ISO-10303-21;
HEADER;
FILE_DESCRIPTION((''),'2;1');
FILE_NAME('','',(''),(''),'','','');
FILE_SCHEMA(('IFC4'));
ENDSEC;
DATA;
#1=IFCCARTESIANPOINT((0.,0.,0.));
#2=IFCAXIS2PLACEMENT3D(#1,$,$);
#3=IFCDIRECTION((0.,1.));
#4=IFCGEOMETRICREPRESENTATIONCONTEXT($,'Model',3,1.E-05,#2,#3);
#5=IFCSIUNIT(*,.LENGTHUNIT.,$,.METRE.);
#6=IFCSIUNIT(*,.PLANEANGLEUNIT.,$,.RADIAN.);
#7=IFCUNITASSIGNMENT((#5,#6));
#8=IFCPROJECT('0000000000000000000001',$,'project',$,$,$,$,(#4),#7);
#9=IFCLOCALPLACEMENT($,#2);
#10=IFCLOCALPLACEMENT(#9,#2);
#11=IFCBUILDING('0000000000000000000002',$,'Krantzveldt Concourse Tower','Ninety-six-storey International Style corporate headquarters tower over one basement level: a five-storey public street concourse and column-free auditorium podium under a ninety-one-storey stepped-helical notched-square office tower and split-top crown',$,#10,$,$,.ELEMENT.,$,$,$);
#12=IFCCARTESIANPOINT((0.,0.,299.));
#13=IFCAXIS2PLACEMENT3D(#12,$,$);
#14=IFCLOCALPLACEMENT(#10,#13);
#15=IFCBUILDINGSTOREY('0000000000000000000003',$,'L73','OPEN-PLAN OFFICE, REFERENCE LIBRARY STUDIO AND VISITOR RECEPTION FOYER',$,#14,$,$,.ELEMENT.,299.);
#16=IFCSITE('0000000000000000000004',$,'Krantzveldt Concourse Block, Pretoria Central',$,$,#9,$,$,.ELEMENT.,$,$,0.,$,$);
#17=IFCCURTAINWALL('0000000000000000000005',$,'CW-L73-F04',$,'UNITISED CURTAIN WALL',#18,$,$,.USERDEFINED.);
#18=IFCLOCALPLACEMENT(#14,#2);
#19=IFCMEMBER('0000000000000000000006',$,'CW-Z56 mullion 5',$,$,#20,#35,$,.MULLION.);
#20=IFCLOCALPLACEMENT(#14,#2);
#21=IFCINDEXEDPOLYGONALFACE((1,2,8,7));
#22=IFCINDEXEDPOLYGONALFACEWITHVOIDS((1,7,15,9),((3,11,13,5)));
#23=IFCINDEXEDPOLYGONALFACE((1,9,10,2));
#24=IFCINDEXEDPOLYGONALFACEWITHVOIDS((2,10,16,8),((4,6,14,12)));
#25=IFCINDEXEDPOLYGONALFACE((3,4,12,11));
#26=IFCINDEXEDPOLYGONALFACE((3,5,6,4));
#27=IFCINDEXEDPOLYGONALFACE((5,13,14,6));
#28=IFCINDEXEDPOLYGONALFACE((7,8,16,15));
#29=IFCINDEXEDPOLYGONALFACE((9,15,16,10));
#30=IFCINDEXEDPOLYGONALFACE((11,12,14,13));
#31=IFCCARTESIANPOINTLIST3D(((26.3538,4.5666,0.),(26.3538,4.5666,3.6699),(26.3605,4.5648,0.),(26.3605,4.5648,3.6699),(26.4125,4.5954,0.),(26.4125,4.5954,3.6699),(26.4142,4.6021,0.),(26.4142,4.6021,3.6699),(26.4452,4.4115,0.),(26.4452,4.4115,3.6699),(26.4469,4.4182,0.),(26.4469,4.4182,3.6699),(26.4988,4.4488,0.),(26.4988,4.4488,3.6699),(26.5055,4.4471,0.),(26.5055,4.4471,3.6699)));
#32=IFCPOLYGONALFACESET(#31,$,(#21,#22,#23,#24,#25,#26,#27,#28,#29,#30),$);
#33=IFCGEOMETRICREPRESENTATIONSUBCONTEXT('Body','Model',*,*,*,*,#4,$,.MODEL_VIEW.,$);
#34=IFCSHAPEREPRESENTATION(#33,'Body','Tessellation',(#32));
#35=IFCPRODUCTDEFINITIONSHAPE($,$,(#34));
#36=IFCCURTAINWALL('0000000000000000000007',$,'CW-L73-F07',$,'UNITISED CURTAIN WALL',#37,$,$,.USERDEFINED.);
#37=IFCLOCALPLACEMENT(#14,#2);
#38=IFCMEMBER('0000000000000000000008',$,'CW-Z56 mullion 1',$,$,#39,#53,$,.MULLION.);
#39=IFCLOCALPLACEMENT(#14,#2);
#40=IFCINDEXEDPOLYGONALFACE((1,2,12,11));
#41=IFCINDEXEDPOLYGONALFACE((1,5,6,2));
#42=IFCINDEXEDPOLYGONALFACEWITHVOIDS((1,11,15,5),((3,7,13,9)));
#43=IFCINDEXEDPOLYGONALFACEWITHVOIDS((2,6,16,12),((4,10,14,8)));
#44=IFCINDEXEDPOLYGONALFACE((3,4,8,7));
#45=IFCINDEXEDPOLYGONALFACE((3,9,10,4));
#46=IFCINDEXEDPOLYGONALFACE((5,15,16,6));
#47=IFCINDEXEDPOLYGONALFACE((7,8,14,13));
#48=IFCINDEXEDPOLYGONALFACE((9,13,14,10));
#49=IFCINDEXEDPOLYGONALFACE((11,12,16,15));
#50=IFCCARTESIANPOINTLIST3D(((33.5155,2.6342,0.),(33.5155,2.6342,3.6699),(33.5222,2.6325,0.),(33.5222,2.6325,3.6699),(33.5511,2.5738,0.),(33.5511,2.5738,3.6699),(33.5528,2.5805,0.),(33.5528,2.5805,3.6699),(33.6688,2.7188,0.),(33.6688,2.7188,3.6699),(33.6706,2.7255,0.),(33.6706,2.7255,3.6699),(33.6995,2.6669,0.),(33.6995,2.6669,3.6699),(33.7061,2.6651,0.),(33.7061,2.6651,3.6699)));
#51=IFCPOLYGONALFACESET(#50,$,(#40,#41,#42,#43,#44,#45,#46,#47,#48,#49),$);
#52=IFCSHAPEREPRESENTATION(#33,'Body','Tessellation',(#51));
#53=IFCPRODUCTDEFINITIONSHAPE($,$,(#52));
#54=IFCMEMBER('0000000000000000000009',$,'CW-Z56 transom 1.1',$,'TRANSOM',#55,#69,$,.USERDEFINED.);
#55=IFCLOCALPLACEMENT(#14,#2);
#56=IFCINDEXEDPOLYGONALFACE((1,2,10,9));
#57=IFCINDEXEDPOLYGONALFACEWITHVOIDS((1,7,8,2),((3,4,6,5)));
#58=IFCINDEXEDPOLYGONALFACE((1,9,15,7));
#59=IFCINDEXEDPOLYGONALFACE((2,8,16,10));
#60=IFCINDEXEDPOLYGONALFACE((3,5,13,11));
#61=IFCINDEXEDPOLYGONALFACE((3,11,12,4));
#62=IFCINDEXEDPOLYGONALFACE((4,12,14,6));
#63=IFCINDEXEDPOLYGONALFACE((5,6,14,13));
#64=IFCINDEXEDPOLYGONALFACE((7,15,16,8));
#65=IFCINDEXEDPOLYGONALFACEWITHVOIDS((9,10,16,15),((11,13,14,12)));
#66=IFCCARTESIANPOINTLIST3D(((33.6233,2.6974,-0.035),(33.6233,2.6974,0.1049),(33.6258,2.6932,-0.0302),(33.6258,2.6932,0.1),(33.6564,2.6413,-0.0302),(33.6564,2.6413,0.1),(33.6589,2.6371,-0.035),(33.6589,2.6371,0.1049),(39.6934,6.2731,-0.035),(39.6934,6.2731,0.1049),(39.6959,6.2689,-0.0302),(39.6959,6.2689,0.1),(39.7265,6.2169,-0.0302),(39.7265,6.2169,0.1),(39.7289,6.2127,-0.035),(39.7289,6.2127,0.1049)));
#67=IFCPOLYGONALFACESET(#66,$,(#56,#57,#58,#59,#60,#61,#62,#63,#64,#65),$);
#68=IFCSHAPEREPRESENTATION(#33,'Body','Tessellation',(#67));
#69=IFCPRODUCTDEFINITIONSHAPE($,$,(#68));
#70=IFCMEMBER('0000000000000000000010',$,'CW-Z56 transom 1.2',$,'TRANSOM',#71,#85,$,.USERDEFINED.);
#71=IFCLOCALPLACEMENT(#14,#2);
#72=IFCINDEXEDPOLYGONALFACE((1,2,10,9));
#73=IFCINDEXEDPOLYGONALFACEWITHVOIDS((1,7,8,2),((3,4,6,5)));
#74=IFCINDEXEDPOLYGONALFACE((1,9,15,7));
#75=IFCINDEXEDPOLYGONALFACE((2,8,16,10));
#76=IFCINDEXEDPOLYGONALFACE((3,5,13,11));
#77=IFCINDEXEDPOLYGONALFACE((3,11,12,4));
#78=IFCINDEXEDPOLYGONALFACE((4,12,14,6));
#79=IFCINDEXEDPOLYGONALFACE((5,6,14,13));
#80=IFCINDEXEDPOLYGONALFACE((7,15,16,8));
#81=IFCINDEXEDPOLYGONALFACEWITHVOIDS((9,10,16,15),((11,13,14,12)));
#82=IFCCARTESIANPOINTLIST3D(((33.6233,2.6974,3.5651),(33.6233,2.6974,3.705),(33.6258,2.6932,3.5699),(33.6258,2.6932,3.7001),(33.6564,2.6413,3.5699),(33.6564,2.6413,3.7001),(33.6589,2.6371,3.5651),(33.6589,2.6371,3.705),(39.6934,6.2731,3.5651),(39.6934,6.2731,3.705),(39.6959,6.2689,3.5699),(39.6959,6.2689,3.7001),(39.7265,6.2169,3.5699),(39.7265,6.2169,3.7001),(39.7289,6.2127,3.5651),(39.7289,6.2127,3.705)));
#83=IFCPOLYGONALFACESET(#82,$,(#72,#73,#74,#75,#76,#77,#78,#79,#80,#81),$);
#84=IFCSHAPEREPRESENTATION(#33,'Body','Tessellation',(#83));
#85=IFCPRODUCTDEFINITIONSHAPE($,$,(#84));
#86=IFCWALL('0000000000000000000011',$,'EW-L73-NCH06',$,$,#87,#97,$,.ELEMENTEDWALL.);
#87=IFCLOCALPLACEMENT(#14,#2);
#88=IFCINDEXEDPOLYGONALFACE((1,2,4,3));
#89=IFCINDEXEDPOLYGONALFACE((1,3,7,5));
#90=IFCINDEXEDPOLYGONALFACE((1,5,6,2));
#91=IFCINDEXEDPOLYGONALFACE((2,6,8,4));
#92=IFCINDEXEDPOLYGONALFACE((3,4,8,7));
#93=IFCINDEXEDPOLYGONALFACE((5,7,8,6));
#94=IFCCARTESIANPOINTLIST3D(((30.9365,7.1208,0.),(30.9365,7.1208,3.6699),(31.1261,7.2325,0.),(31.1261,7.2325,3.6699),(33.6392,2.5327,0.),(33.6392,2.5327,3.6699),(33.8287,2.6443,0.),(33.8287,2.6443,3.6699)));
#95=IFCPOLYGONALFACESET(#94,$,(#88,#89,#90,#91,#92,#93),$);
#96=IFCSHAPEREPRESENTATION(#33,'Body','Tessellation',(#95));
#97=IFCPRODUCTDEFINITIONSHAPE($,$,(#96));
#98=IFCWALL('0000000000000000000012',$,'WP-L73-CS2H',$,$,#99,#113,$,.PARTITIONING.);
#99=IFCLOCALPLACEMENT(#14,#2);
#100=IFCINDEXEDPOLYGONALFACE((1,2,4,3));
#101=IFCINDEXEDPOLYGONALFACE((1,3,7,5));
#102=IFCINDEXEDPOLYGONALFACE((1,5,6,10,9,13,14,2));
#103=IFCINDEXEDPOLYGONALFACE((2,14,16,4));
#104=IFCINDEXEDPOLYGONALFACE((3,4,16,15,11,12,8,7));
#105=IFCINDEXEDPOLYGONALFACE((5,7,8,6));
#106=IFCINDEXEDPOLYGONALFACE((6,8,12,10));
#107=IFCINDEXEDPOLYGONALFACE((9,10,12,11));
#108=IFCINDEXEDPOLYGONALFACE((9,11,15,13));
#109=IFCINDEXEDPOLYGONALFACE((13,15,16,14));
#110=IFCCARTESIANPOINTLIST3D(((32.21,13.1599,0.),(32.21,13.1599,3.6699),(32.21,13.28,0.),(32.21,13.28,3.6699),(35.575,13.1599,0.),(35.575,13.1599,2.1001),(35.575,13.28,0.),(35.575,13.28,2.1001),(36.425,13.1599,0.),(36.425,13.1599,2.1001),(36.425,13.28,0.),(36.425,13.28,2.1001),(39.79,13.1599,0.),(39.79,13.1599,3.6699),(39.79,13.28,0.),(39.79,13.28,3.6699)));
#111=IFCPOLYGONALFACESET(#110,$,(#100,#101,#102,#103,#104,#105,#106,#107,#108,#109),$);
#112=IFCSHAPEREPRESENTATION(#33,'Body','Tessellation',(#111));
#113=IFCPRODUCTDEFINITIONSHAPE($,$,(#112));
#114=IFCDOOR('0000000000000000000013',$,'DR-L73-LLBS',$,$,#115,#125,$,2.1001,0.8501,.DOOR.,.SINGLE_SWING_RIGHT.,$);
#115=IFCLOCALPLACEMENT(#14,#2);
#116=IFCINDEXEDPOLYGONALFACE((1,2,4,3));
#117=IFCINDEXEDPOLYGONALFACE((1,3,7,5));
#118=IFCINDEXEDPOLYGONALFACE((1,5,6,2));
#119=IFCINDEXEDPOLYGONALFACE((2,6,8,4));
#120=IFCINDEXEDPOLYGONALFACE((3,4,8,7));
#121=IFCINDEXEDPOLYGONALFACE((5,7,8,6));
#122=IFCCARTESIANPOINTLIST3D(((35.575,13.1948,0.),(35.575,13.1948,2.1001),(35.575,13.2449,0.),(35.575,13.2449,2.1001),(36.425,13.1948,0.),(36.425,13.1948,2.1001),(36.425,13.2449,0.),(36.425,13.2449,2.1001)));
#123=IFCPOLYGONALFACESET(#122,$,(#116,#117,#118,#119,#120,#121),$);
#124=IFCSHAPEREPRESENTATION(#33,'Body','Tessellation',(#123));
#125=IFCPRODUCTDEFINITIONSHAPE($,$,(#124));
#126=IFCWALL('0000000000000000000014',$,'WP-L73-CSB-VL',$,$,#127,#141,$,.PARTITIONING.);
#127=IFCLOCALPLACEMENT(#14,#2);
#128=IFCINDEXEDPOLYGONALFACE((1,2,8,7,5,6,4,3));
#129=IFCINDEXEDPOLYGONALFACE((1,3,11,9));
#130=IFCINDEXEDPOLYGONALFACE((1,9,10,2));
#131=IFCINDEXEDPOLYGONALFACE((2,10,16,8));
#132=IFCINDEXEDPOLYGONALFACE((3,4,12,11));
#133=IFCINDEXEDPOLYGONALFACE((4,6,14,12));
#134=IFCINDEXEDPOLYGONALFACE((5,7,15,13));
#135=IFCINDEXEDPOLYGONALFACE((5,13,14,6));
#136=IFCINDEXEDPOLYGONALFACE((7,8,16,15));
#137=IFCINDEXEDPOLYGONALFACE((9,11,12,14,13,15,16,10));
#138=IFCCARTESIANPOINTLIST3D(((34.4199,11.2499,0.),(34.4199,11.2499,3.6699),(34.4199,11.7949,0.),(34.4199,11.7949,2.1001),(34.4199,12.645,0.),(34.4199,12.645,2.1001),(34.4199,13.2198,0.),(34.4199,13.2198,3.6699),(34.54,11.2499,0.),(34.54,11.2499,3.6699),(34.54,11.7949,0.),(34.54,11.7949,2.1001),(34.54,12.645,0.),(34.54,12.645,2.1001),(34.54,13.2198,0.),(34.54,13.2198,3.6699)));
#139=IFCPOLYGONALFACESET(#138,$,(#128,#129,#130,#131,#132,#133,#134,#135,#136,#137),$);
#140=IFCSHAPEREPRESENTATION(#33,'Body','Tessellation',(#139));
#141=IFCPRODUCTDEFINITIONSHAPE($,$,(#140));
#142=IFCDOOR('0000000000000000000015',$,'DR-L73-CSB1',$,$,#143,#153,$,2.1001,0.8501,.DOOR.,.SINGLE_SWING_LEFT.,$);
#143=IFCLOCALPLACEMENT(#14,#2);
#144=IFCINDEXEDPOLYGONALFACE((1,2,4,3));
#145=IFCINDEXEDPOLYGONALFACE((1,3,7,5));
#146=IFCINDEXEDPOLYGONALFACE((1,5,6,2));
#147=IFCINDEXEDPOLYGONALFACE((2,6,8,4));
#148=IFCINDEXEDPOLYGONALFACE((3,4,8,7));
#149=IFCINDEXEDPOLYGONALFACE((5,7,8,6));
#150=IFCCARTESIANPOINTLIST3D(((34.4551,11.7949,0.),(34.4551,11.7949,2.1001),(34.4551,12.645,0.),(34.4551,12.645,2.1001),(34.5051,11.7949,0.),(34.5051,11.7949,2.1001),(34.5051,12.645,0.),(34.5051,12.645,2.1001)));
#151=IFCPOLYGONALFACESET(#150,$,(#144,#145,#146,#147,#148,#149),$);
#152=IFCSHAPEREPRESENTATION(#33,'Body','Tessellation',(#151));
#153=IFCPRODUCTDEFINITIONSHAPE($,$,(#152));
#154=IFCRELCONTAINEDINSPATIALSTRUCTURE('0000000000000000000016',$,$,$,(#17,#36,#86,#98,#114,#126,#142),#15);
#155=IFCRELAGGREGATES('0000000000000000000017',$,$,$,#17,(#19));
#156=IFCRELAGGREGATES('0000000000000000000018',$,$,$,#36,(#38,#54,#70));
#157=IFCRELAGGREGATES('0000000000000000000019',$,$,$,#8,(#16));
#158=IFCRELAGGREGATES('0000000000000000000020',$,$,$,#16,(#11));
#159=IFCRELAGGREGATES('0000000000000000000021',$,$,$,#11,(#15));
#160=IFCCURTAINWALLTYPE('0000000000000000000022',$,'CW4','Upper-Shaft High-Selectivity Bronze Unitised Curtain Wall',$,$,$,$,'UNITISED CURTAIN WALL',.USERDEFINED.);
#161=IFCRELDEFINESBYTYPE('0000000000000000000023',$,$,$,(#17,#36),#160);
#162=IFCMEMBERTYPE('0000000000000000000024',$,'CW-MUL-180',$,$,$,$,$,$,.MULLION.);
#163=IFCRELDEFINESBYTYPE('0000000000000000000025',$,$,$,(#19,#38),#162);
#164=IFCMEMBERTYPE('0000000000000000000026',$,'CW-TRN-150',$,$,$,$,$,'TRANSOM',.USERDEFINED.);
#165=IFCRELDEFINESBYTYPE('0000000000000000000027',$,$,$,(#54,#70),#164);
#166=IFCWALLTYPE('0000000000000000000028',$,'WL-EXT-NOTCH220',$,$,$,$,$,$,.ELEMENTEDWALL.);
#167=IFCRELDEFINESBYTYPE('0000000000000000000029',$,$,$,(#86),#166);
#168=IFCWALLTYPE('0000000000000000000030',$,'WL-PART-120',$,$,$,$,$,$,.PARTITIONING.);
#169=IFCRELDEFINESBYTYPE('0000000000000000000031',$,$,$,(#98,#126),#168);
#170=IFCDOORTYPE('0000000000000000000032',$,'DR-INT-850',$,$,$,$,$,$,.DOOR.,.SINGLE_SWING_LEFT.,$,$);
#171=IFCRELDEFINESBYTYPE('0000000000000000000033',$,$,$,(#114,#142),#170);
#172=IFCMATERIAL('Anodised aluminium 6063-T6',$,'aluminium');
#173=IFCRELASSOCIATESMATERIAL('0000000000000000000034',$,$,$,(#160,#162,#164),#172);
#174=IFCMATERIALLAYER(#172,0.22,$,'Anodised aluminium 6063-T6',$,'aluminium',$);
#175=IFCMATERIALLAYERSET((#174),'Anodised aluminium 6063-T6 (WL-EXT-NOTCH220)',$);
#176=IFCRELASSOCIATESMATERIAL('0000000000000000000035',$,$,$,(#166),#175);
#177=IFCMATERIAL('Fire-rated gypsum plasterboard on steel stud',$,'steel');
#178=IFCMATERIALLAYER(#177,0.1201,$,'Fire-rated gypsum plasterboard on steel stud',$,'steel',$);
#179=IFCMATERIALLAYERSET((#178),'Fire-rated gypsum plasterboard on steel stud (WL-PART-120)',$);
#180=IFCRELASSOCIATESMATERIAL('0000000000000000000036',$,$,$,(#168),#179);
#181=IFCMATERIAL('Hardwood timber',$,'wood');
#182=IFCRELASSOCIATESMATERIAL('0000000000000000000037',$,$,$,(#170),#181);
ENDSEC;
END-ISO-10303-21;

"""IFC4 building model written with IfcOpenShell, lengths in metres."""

from ifc_helpers import new_model, si_unit, direction, frame, frame_2d, origin, origin_2d, place, context, subcontext, project, spatial, rectangle, hollow_rectangle, extrude, source, transform, mapped, material, layer, layer_set, material_profile, profile_set, type_object, type_shapes, element, fill, aggregate, save


model = new_model("IFC4")

# Units and contexts
model_context = context("Model", 3, precision=1e-05, world=origin(), true_north=direction((0.0, 1.0)))
body_context = subcontext(model_context, "Body", "Model", "MODEL_VIEW")
ifc_project = project(units=[si_unit("LENGTHUNIT", "METRE"), si_unit("PLANEANGLEUNIT", "RADIAN")], contexts=[model_context])

# Site, building, storey
site_placement = place(None, origin())
site = spatial("IfcSite", under=ifc_project, at=site_placement, Name="Krantzveldt Concourse Block, Pretoria Central", CompositionType="ELEMENT", RefElevation=0.0)
building_placement = place(site_placement, origin())
building = spatial("IfcBuilding", under=site, at=building_placement, Name="Krantzveldt Concourse Tower", Description="Ninety-six-storey International Style corporate headquarters tower over one basement level: a five-storey public street concourse and column-free auditorium podium under a ninety-one-storey stepped-helical notched-square office tower and split-top crown", CompositionType="ELEMENT")
storey_placement = place(building_placement, frame((0.0, 0.0, 299.0)))
storey = spatial("IfcBuildingStorey", under=building, at=storey_placement, Name="L73", Description="OPEN-PLAN OFFICE, REFERENCE LIBRARY STUDIO AND VISITOR RECEPTION FOYER", CompositionType="ELEMENT", Elevation=299.0)

# Curtain wall, member
ifc_material_1 = material(Name="Anodised aluminium 6063-T6", Category="aluminium")
curtain_wall_type = type_object("IfcCurtainWallType", Name="CW4", Description="Upper-Shaft High-Selectivity Bronze Unitised Curtain Wall", ElementType="UNITISED CURTAIN WALL", PredefinedType="USERDEFINED", material=ifc_material_1)
curtain_wall_1_placement = place(storey_placement, origin())
curtain_wall_1 = element("IfcCurtainWall", 1, at=curtain_wall_1_placement, inside=storey, type_object=curtain_wall_type, Name="CW-L73-F04", ObjectType="UNITISED CURTAIN WALL", PredefinedType="USERDEFINED")
ifc_material_profile_1 = material_profile(ifc_material_1, hollow_rectangle(XDim=0.0701, YDim=0.1799, WallThickness=0.0049, at=origin_2d()), Name="Anodised aluminium 6063-T6", Category="aluminium")
ifc_profile_set_1 = profile_set([ifc_material_profile_1], Name="Anodised aluminium 6063-T6 - ALU-MULL 180x70x5")
member_type_1 = type_object("IfcMemberType", Name="CW-MUL-180", PredefinedType="MULLION", material=ifc_profile_set_1)
shared_shape_1 = source(origin(), body_context, "Body", "SweptSolid", [
    extrude(hollow_rectangle(XDim=0.0701, YDim=0.1799, WallThickness=0.0049, at=origin_2d()), origin(), (0.0, 0.0, 1.0), 3.6699),
])
type_shapes(member_type_1, [shared_shape_1])
member_1_placement = place(storey_placement, frame((26.4297, 4.5068, 0.0), z_axis=(0.0, 0.0, 1.0), x_axis=(0.861629, 0.507538, 0.0)))
member_1 = element("IfcMember", 2, at=member_1_placement, type_object=member_type_1, Name="CW-Z56 mullion 5", PredefinedType="MULLION", context=body_context, shape_type="MappedRepresentation", body=[
    mapped(shared_shape_1, transform((0.0, 0.0, 0.0), x_axis=(1.0, 0.0, 0.0), y_axis=(0.0, 1.0, 0.0), z_axis=(0.0, 0.0, 1.0), scale=1.0)),
])
aggregate(curtain_wall_1, [member_1])

# Curtain wall, members
curtain_wall_2_placement = place(storey_placement, origin())
curtain_wall_2 = element("IfcCurtainWall", 3, at=curtain_wall_2_placement, inside=storey, type_object=curtain_wall_type, Name="CW-L73-F07", ObjectType="UNITISED CURTAIN WALL", PredefinedType="USERDEFINED")
member_2_placement = place(storey_placement, frame((33.6108, 2.6497, 0.0), z_axis=(0.0, 0.0, 1.0), x_axis=(-0.507538, 0.861629, 0.0)))
member_2 = element("IfcMember", 4, at=member_2_placement, type_object=member_type_1, Name="CW-Z56 mullion 1", PredefinedType="MULLION", context=body_context, shape_type="MappedRepresentation", body=[
    mapped(shared_shape_1, transform((0.0, 0.0, 0.0), x_axis=(1.0, 0.0, 0.0), y_axis=(0.0, 1.0, 0.0), z_axis=(0.0, 0.0, 1.0), scale=1.0)),
])
ifc_material_profile_2 = material_profile(ifc_material_1, hollow_rectangle(XDim=0.0701, YDim=0.1399, WallThickness=0.0049, at=origin_2d()), Name="Anodised aluminium 6063-T6", Category="aluminium")
ifc_profile_set_2 = profile_set([ifc_material_profile_2], Name="Anodised aluminium 6063-T6 - ALU-TRAN 140x70x5")
member_type_2 = type_object("IfcMemberType", Name="CW-TRN-150", ElementType="TRANSOM", PredefinedType="USERDEFINED", material=ifc_profile_set_2)
shared_shape_2 = source(origin(), body_context, "Body", "SweptSolid", [
    extrude(hollow_rectangle(XDim=0.0701, YDim=0.1399, WallThickness=0.0049, at=origin_2d()), origin(), (0.0, 0.0, 1.0), 7.0449),
])
type_shapes(member_type_2, [shared_shape_2])
member_3_placement = place(storey_placement, frame((33.6411, 2.6672, 0.0349), z_axis=(0.86162, 0.507553, 0.0), x_axis=(-0.507553, 0.86162, 0.0)))
member_3 = element("IfcMember", 5, at=member_3_placement, type_object=member_type_2, Name="CW-Z56 transom 1.1", ObjectType="TRANSOM", PredefinedType="USERDEFINED", context=body_context, shape_type="MappedRepresentation", body=[
    mapped(shared_shape_2, transform((0.0, 0.0, 0.0), x_axis=(1.0, 0.0, 0.0), y_axis=(0.0, 1.0, 0.0), z_axis=(0.0, 0.0, 1.0), scale=1.0)),
])
member_4_placement = place(storey_placement, frame((33.6411, 2.6672, 3.635), z_axis=(0.86162, 0.507553, 0.0), x_axis=(-0.507553, 0.86162, 0.0)))
member_4 = element("IfcMember", 6, at=member_4_placement, type_object=member_type_2, Name="CW-Z56 transom 1.2", ObjectType="TRANSOM", PredefinedType="USERDEFINED", context=body_context, shape_type="MappedRepresentation", body=[
    mapped(shared_shape_2, transform((0.0, 0.0, 0.0), x_axis=(1.0, 0.0, 0.0), y_axis=(0.0, 1.0, 0.0), z_axis=(0.0, 0.0, 1.0), scale=1.0)),
])
aggregate(curtain_wall_2, [member_2, member_3, member_4])

# Wall
ifc_layer_1 = layer(ifc_material_1, 0.22, Name="Anodised aluminium 6063-T6", Category="aluminium")
ifc_layer_set_1 = layer_set([ifc_layer_1], Name="Anodised aluminium 6063-T6 (WL-EXT-NOTCH220)")
wall_type_1 = type_object("IfcWallType", Name="WL-EXT-NOTCH220", PredefinedType="ELEMENTEDWALL", material=ifc_layer_set_1)
wall_1_placement = place(storey_placement, frame((31.0312, 7.1768, 0.0), z_axis=(0.0, 0.0, 1.0), x_axis=(0.507541, -0.861628, 0.0)))
element("IfcWall", 7, at=wall_1_placement, inside=storey, type_object=wall_type_1, Name="EW-L73-NCH06", PredefinedType="ELEMENTEDWALL", context=body_context, shape_type="SweptSolid", body=[
    extrude(rectangle(XDim=5.325, YDim=0.22, at=frame_2d((2.6626, 0.0))), origin(), (0.0, 0.0, 1.0), 3.6699),
])

# Walls, openings, doors
ifc_material_2 = material(Name="Fire-rated gypsum plasterboard on steel stud", Category="steel")
ifc_layer_2 = layer(ifc_material_2, 0.1201, Name="Fire-rated gypsum plasterboard on steel stud", Category="steel")
ifc_layer_set_2 = layer_set([ifc_layer_2], Name="Fire-rated gypsum plasterboard on steel stud (WL-PART-120)")
wall_type_2 = type_object("IfcWallType", Name="WL-PART-120", PredefinedType="PARTITIONING", material=ifc_layer_set_2)
wall_2_placement = place(storey_placement, frame((32.21, 13.22, 0.0), z_axis=(0.0, 0.0, 1.0), x_axis=(1.0, 0.0, 0.0)))
wall_2 = element("IfcWall", 8, at=wall_2_placement, inside=storey, type_object=wall_type_2, Name="WP-L73-CS2H", PredefinedType="PARTITIONING", context=body_context, shape_type="SweptSolid", body=[
    extrude(rectangle(XDim=7.5801, YDim=0.1201, at=frame_2d((3.79, 0.0))), origin(), (0.0, 0.0, 1.0), 3.6699),
])
opening_1_placement = place(wall_2_placement, frame((3.365, 0.0, 0.0)))
opening_1 = element("IfcOpeningElement", 9, at=opening_1_placement, cuts=wall_2, PredefinedType="OPENING", context=body_context, shape_type="SweptSolid", body=[
    extrude(rectangle(XDim=0.8501, YDim=2.1001, at=frame_2d((0.425, 1.05))), frame((0.0, 0.0701, 0.0), z_axis=(0.0, -1.0, 0.0), x_axis=(1.0, 0.0, 0.0)), (0.0, 0.0, 1.0), 0.1401),
])
ifc_material_3 = material(Name="Hardwood timber", Category="wood")
door_type_1 = type_object("IfcDoorType", Name="DR-INT-850", OperationType="SINGLE_SWING_LEFT", PredefinedType="DOOR", material=ifc_material_3)
door_1_placement = place(opening_1_placement, origin())
door_1 = element("IfcDoor", 10, at=door_1_placement, inside=storey, type_object=door_type_1, Name="DR-L73-LLBS", OperationType="SINGLE_SWING_RIGHT", OverallHeight=2.1001, OverallWidth=0.8501, PredefinedType="DOOR", context=body_context, shape_type="SweptSolid", body=[
    extrude(rectangle(XDim=0.8501, YDim=2.1001, at=frame_2d((0.425, 1.05))), frame((0.0, 0.0249, 0.0), z_axis=(0.0, -1.0, 0.0), x_axis=(1.0, 0.0, 0.0)), (0.0, 0.0, 1.0), 0.05),
])
fill(opening_1, door_1)
wall_3_placement = place(storey_placement, frame((34.48, 11.25, 0.0), z_axis=(0.0, 0.0, 1.0), x_axis=(0.0, 1.0, 0.0)))
wall_3 = element("IfcWall", 11, at=wall_3_placement, inside=storey, type_object=wall_type_2, Name="WP-L73-CSB-VL", PredefinedType="PARTITIONING", context=body_context, shape_type="SweptSolid", body=[
    extrude(rectangle(XDim=1.97, YDim=0.1201, at=frame_2d((0.9849, 0.0))), origin(), (0.0, 0.0, 1.0), 3.6699),
])
opening_2_placement = place(wall_3_placement, frame((0.5449, 0.0, 0.0)))
opening_2 = element("IfcOpeningElement", 12, at=opening_2_placement, cuts=wall_3, PredefinedType="OPENING", context=body_context, shape_type="SweptSolid", body=[
    extrude(rectangle(XDim=0.8501, YDim=2.1001, at=frame_2d((0.425, 1.05))), frame((0.0, 0.0701, 0.0), z_axis=(0.0, -1.0, 0.0), x_axis=(1.0, 0.0, 0.0)), (0.0, 0.0, 1.0), 0.1401),
])
door_2_placement = place(opening_2_placement, origin())
door_2 = element("IfcDoor", 13, at=door_2_placement, inside=storey, type_object=door_type_1, Name="DR-L73-CSB1", OperationType="SINGLE_SWING_LEFT", OverallHeight=2.1001, OverallWidth=0.8501, PredefinedType="DOOR", context=body_context, shape_type="SweptSolid", body=[
    extrude(rectangle(XDim=0.8501, YDim=2.1001, at=frame_2d((0.425, 1.05))), frame((0.0, 0.0249, 0.0), z_axis=(0.0, -1.0, 0.0), x_axis=(1.0, 0.0, 0.0)), (0.0, 0.0, 1.0), 0.05),
])
fill(opening_2, door_2)

save(model, "model.ifc")
